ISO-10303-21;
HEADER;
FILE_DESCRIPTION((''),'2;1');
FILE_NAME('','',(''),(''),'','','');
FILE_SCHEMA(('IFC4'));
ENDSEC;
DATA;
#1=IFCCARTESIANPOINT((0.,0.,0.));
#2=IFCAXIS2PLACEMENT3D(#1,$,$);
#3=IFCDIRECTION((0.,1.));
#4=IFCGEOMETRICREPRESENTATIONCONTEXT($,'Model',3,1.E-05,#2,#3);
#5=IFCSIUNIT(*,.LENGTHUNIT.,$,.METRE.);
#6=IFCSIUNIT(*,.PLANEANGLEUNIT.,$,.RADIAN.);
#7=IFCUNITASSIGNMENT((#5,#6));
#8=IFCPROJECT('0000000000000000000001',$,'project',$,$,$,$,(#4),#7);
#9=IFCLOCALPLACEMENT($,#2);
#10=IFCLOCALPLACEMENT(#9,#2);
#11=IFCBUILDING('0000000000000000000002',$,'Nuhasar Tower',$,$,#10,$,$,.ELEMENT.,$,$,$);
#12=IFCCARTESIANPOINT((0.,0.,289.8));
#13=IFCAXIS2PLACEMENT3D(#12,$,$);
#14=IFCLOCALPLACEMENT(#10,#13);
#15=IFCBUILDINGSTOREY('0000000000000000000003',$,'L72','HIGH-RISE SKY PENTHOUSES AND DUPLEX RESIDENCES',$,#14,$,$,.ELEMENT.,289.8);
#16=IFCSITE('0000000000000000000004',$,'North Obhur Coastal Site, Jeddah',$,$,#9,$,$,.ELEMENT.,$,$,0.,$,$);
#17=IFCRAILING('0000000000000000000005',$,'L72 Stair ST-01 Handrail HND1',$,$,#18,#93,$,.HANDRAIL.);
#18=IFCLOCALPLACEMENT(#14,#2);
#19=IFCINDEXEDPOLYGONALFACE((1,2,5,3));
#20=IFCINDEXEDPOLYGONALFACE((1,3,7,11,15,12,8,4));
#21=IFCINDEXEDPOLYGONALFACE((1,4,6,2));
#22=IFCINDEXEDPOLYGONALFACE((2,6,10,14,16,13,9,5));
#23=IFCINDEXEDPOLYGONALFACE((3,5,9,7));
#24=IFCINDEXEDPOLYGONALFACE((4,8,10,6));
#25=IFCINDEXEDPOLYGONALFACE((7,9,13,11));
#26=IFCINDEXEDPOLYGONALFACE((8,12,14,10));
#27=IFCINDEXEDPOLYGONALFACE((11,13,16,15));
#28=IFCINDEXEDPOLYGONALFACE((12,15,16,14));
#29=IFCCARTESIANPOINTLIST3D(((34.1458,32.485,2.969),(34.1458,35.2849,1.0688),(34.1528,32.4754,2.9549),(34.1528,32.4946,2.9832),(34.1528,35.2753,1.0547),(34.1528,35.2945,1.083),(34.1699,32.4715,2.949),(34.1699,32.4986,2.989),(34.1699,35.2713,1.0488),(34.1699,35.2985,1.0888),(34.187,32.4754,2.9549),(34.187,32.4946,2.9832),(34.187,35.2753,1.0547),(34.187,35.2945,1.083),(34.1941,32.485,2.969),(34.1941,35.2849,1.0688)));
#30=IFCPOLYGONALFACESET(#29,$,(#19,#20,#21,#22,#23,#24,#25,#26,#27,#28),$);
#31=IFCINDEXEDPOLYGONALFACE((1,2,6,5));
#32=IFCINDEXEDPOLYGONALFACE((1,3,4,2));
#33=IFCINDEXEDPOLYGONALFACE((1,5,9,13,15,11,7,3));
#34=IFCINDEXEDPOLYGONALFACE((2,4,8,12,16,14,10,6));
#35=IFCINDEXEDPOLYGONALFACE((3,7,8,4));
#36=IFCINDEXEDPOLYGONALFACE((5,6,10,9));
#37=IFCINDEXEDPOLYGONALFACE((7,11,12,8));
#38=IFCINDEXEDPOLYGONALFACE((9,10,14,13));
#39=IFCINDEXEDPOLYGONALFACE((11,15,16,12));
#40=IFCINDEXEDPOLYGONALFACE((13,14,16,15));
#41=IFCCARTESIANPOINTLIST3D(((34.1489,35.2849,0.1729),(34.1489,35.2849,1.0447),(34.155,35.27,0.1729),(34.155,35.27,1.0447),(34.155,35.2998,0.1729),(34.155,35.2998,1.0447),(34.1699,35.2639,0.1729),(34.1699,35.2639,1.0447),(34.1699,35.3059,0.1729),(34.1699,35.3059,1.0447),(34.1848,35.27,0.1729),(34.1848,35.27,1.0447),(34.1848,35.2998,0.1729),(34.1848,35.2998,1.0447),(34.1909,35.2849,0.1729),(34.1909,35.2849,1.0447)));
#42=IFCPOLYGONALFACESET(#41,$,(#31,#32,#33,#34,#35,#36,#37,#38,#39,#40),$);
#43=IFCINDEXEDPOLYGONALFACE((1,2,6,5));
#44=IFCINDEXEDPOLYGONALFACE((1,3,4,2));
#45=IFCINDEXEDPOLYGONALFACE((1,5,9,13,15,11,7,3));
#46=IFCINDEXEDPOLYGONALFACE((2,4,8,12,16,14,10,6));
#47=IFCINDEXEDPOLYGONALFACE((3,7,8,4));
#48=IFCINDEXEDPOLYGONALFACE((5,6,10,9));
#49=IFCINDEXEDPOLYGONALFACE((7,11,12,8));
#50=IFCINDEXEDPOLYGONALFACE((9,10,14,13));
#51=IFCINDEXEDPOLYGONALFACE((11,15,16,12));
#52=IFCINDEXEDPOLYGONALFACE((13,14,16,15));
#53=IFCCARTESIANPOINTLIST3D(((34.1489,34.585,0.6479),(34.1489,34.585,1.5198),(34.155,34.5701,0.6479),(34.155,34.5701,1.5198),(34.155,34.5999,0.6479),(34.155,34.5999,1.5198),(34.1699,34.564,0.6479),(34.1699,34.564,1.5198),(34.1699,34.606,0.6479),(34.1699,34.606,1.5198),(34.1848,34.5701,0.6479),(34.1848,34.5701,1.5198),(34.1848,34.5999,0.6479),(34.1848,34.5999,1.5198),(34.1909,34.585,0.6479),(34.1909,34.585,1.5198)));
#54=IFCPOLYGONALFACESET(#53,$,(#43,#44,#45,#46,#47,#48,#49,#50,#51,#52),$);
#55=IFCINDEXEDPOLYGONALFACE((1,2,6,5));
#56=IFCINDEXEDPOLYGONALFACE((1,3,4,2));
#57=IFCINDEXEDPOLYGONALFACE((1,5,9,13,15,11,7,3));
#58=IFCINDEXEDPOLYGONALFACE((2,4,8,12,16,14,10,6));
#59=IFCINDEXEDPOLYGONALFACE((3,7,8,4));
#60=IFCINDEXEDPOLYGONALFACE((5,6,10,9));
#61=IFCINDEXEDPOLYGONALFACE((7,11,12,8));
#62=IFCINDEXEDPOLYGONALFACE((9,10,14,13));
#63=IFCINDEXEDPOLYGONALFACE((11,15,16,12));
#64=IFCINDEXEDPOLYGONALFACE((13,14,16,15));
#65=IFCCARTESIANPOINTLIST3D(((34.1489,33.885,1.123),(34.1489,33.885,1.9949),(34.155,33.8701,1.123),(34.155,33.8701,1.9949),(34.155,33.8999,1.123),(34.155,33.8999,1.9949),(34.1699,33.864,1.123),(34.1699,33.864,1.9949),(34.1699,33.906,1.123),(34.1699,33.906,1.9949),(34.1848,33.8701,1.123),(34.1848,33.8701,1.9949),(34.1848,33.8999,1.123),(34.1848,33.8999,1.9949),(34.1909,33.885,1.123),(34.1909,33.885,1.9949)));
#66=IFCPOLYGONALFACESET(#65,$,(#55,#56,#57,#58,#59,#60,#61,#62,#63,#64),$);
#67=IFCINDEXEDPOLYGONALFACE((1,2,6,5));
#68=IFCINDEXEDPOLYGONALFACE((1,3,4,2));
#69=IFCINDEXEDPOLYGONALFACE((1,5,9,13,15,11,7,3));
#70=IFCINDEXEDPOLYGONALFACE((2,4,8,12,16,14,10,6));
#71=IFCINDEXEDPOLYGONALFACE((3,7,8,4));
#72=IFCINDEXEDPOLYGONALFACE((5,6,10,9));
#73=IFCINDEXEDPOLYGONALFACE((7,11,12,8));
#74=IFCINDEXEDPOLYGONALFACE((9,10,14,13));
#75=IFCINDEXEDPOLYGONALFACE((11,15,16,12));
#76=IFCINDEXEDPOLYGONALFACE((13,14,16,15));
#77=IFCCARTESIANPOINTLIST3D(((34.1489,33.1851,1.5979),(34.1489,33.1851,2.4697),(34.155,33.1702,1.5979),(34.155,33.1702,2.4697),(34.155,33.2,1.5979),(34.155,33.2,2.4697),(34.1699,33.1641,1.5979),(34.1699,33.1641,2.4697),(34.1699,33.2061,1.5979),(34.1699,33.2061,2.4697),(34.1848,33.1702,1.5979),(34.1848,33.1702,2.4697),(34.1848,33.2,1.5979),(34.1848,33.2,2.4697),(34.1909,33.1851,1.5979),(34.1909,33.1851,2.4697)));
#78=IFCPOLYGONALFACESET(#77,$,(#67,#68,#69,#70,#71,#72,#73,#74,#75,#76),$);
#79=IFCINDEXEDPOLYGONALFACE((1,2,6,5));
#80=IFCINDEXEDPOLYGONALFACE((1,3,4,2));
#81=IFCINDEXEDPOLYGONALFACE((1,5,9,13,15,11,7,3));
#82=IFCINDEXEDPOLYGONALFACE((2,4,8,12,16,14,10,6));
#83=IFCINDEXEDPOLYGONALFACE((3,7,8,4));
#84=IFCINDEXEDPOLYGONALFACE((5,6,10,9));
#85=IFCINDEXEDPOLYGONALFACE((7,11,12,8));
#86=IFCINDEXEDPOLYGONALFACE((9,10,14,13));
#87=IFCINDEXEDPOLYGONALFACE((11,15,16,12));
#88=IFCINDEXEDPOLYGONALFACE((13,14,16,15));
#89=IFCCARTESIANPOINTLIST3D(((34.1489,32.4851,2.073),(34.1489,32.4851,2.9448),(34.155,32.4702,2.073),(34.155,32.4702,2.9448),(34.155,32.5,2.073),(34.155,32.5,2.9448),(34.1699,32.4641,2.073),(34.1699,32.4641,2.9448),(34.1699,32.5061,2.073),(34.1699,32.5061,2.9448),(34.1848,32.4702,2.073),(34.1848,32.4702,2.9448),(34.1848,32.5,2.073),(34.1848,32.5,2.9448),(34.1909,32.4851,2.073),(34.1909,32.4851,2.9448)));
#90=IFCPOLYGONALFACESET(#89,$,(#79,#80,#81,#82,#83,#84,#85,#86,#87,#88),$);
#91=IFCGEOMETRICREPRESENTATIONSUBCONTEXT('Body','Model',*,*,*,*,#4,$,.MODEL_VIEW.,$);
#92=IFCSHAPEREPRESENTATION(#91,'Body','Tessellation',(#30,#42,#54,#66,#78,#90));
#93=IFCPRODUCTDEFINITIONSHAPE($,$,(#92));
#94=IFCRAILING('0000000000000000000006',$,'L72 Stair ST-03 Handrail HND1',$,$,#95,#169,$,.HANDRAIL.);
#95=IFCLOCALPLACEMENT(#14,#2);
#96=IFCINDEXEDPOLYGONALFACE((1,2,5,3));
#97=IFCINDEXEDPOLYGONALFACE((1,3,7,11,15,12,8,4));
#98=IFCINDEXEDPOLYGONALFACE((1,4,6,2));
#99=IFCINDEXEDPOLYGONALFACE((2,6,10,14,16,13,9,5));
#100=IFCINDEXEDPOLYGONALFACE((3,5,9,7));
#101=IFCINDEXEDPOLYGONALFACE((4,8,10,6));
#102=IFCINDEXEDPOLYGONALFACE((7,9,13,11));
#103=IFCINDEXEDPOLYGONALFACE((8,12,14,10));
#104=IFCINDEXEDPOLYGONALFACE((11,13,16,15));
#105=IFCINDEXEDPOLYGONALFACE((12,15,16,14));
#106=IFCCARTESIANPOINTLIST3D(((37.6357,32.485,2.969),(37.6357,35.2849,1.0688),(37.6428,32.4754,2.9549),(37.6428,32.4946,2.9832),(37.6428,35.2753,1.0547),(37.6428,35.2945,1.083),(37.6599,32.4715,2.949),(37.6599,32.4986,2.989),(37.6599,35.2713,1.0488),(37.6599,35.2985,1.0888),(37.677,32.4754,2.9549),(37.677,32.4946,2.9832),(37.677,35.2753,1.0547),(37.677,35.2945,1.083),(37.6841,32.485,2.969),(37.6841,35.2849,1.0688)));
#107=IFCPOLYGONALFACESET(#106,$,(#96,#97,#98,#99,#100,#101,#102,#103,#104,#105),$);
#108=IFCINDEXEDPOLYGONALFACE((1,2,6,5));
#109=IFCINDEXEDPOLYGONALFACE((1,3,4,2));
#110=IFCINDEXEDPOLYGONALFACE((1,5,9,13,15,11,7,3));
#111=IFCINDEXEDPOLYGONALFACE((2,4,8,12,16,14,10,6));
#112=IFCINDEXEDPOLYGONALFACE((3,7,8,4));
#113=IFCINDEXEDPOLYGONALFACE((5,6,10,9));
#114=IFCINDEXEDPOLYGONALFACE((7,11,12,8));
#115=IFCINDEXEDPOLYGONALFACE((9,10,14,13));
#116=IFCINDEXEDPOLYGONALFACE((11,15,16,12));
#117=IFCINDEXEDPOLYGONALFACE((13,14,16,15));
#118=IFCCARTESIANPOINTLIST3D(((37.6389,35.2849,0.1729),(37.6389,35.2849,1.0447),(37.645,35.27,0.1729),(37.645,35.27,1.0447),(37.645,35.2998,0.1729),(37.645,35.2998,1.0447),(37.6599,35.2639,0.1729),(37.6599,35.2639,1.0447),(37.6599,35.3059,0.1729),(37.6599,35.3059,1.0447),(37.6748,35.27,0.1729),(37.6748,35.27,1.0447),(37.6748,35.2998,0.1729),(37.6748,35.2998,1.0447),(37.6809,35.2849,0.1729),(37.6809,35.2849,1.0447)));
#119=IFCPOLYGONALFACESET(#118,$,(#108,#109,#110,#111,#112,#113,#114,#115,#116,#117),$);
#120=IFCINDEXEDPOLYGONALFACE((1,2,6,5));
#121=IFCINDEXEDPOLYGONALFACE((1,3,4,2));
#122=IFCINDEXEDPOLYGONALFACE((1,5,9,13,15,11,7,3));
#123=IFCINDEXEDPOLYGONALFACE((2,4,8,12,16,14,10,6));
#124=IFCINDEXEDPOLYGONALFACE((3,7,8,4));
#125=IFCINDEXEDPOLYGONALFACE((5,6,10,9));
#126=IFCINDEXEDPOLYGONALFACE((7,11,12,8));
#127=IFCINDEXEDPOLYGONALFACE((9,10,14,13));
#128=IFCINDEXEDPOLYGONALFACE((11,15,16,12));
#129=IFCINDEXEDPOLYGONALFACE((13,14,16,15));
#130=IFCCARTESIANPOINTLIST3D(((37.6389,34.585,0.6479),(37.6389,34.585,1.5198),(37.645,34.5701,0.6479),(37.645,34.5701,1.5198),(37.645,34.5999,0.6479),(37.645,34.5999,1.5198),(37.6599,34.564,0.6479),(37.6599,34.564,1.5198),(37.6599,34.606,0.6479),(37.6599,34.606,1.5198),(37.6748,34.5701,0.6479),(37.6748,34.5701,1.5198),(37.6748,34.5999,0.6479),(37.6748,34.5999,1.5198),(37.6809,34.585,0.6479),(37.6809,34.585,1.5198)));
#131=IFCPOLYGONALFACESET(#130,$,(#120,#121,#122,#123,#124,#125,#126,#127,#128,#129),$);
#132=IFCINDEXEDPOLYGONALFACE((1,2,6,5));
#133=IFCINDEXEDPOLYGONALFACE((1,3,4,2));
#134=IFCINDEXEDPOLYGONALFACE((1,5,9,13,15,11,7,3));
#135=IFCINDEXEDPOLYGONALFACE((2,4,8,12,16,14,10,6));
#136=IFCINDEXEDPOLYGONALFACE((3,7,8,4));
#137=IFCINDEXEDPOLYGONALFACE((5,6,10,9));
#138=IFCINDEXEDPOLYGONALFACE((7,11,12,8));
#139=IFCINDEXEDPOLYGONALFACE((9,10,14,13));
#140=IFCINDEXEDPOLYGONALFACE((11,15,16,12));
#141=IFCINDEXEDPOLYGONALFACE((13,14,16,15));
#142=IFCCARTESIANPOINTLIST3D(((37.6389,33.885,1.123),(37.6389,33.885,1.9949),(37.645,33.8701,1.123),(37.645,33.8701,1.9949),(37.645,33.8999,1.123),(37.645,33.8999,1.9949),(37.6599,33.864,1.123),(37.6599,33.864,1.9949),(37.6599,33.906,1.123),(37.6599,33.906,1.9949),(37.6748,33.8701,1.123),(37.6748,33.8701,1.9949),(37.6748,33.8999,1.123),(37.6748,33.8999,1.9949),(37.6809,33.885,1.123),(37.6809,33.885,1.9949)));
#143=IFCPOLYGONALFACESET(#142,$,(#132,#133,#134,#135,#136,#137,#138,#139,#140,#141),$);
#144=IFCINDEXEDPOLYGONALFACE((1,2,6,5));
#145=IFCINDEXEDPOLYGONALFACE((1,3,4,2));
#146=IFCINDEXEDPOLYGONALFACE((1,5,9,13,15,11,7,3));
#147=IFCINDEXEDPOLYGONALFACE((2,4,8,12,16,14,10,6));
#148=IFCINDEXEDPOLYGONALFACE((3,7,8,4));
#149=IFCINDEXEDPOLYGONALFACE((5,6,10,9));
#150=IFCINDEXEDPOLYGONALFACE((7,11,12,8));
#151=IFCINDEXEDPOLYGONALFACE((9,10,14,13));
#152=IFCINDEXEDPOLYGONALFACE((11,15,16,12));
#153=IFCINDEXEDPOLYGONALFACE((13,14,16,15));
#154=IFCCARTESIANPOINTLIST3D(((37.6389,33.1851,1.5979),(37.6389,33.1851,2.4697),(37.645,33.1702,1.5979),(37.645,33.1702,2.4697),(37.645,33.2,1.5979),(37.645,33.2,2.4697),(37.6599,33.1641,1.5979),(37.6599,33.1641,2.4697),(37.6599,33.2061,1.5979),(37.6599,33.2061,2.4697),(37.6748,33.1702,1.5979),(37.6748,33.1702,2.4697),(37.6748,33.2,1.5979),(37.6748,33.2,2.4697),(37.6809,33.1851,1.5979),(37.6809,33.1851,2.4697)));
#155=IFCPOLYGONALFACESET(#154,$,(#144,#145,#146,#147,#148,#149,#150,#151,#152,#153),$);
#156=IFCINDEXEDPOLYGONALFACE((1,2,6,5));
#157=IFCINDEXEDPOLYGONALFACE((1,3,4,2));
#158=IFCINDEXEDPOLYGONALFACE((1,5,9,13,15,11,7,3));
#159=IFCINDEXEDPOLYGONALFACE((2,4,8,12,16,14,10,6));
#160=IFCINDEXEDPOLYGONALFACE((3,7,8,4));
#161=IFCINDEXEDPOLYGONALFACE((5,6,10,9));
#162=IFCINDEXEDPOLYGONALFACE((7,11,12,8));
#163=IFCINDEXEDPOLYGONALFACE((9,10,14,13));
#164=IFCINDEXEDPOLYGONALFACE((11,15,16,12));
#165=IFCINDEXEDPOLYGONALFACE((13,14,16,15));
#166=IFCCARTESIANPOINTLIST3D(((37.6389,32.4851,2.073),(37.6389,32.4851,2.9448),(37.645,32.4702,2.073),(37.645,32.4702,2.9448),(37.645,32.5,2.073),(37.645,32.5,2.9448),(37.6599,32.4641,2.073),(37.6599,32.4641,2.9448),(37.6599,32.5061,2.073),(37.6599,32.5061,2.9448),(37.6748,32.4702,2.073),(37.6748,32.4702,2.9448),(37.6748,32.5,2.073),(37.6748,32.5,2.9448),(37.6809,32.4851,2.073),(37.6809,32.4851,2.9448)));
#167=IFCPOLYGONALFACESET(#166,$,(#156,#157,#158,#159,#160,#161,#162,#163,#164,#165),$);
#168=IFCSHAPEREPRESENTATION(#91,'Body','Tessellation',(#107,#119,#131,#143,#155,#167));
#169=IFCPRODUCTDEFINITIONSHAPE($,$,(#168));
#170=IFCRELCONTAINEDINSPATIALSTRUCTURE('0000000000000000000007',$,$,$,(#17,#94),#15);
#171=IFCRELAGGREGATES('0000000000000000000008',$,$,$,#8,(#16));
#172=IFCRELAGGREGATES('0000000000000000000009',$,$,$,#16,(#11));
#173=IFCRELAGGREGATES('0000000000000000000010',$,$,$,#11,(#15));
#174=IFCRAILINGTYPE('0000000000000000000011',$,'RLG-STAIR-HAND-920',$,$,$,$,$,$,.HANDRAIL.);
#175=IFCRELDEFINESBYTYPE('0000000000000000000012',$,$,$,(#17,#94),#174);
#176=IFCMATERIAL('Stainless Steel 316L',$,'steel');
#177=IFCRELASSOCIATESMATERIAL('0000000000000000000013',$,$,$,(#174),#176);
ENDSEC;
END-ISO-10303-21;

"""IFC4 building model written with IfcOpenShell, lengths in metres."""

from ifc_helpers import new_model, si_unit, direction, frame, origin, place, context, subcontext, project, spatial, polyline, outline, extrude, material, type_object, element, save


model = new_model("IFC4")

# Units and contexts
model_context = context("Model", 3, precision=1e-05, world=origin(), true_north=direction((0.0, 1.0)))
body_context = subcontext(model_context, "Body", "Model", "MODEL_VIEW")
ifc_project = project(units=[si_unit("LENGTHUNIT", "METRE"), si_unit("PLANEANGLEUNIT", "RADIAN")], contexts=[model_context])

# Site, building, storey
site_placement = place(None, origin())
site = spatial("IfcSite", under=ifc_project, at=site_placement, Name="North Obhur Coastal Site, Jeddah", CompositionType="ELEMENT", RefElevation=0.0)
building_placement = place(site_placement, origin())
building = spatial("IfcBuilding", under=site, at=building_placement, Name="Nuhasar Tower", CompositionType="ELEMENT")
storey_placement = place(building_placement, frame((0.0, 0.0, 289.8)))
storey = spatial("IfcBuildingStorey", under=building, at=storey_placement, Name="L72", Description="HIGH-RISE SKY PENTHOUSES AND DUPLEX RESIDENCES", CompositionType="ELEMENT", Elevation=289.8)

# Railings
ifc_material_1 = material(Name="Stainless Steel 316L", Category="steel")
railing_type_1 = type_object("IfcRailingType", Name="RLG-STAIR-HAND-920", PredefinedType="HANDRAIL", material=ifc_material_1)
railing_1_placement = place(storey_placement, frame((34.1699, 35.2849, 0.1729)))
element("IfcRailing", 1, at=railing_1_placement, inside=storey, type_object=railing_type_1, Name="L72 Stair ST-01 Handrail HND1", PredefinedType="HANDRAIL", context=body_context, shape_type="SweptSolid", body=[
    extrude(outline(polyline([(0.0242, 0.0), (0.0171, 0.0171), (0.0, 0.0242), (-0.0171, 0.0171), (-0.0242, 0.0), (-0.0171, -0.0171), (0.0, -0.0242), (0.0171, -0.0171), (0.0242, 0.0)])), frame((0.0, 0.0, 0.896), z_axis=(0.0, -0.827437, 0.561558), x_axis=(1.0, 0.0, 0.0)), (0.0, 0.0, 1.0), 3.3838),
    extrude(outline(polyline([(0.021, 0.0), (0.0149, 0.0149), (0.0, 0.021), (-0.0149, 0.0149), (-0.021, 0.0), (-0.0149, -0.0149), (0.0, -0.021), (0.0149, -0.0149), (0.021, 0.0)])), origin(), (0.0, 0.0, 1.0), 0.8718),
    extrude(outline(polyline([(0.021, 0.0), (0.0149, 0.0149), (0.0, 0.021), (-0.0149, 0.0149), (-0.021, 0.0), (-0.0149, -0.0149), (0.0, -0.021), (0.0149, -0.0149), (0.021, 0.0)])), frame((0.0, -0.7, 0.4751)), (0.0, 0.0, 1.0), 0.8718),
    extrude(outline(polyline([(0.021, 0.0), (0.0149, 0.0149), (0.0, 0.021), (-0.0149, 0.0149), (-0.021, 0.0), (-0.0149, -0.0149), (0.0, -0.021), (0.0149, -0.0149), (0.021, 0.0)])), frame((0.0, -1.3999, 0.9502)), (0.0, 0.0, 1.0), 0.8718),
    extrude(outline(polyline([(0.021, 0.0), (0.0149, 0.0149), (0.0, 0.021), (-0.0149, 0.0149), (-0.021, 0.0), (-0.0149, -0.0149), (0.0, -0.021), (0.0149, -0.0149), (0.021, 0.0)])), frame((0.0, -2.0999, 1.425)), (0.0, 0.0, 1.0), 0.8718),
    extrude(outline(polyline([(0.021, 0.0), (0.0149, 0.0149), (0.0, 0.021), (-0.0149, 0.0149), (-0.021, 0.0), (-0.0149, -0.0149), (0.0, -0.021), (0.0149, -0.0149), (0.021, 0.0)])), frame((0.0, -2.7998, 1.9001)), (0.0, 0.0, 1.0), 0.8718),
])
railing_2_placement = place(storey_placement, frame((37.6599, 35.2849, 0.1729)))
element("IfcRailing", 2, at=railing_2_placement, inside=storey, type_object=railing_type_1, Name="L72 Stair ST-03 Handrail HND1", PredefinedType="HANDRAIL", context=body_context, shape_type="SweptSolid", body=[
    extrude(outline(polyline([(0.0242, 0.0), (0.0171, 0.0171), (0.0, 0.0242), (-0.0171, 0.0171), (-0.0242, 0.0), (-0.0171, -0.0171), (0.0, -0.0242), (0.0171, -0.0171), (0.0242, 0.0)])), frame((0.0, 0.0, 0.896), z_axis=(0.0, -0.827437, 0.561558), x_axis=(1.0, 0.0, 0.0)), (0.0, 0.0, 1.0), 3.3838),
    extrude(outline(polyline([(0.021, 0.0), (0.0149, 0.0149), (0.0, 0.021), (-0.0149, 0.0149), (-0.021, 0.0), (-0.0149, -0.0149), (0.0, -0.021), (0.0149, -0.0149), (0.021, 0.0)])), origin(), (0.0, 0.0, 1.0), 0.8718),
    extrude(outline(polyline([(0.021, 0.0), (0.0149, 0.0149), (0.0, 0.021), (-0.0149, 0.0149), (-0.021, 0.0), (-0.0149, -0.0149), (0.0, -0.021), (0.0149, -0.0149), (0.021, 0.0)])), frame((0.0, -0.7, 0.4751)), (0.0, 0.0, 1.0), 0.8718),
    extrude(outline(polyline([(0.021, 0.0), (0.0149, 0.0149), (0.0, 0.021), (-0.0149, 0.0149), (-0.021, 0.0), (-0.0149, -0.0149), (0.0, -0.021), (0.0149, -0.0149), (0.021, 0.0)])), frame((0.0, -1.3999, 0.9502)), (0.0, 0.0, 1.0), 0.8718),
    extrude(outline(polyline([(0.021, 0.0), (0.0149, 0.0149), (0.0, 0.021), (-0.0149, 0.0149), (-0.021, 0.0), (-0.0149, -0.0149), (0.0, -0.021), (0.0149, -0.0149), (0.021, 0.0)])), frame((0.0, -2.0999, 1.425)), (0.0, 0.0, 1.0), 0.8718),
    extrude(outline(polyline([(0.021, 0.0), (0.0149, 0.0149), (0.0, 0.021), (-0.0149, 0.0149), (-0.021, 0.0), (-0.0149, -0.0149), (0.0, -0.021), (0.0149, -0.0149), (0.021, 0.0)])), frame((0.0, -2.7998, 1.9001)), (0.0, 0.0, 1.0), 0.8718),
])

save(model, "model.ifc")
